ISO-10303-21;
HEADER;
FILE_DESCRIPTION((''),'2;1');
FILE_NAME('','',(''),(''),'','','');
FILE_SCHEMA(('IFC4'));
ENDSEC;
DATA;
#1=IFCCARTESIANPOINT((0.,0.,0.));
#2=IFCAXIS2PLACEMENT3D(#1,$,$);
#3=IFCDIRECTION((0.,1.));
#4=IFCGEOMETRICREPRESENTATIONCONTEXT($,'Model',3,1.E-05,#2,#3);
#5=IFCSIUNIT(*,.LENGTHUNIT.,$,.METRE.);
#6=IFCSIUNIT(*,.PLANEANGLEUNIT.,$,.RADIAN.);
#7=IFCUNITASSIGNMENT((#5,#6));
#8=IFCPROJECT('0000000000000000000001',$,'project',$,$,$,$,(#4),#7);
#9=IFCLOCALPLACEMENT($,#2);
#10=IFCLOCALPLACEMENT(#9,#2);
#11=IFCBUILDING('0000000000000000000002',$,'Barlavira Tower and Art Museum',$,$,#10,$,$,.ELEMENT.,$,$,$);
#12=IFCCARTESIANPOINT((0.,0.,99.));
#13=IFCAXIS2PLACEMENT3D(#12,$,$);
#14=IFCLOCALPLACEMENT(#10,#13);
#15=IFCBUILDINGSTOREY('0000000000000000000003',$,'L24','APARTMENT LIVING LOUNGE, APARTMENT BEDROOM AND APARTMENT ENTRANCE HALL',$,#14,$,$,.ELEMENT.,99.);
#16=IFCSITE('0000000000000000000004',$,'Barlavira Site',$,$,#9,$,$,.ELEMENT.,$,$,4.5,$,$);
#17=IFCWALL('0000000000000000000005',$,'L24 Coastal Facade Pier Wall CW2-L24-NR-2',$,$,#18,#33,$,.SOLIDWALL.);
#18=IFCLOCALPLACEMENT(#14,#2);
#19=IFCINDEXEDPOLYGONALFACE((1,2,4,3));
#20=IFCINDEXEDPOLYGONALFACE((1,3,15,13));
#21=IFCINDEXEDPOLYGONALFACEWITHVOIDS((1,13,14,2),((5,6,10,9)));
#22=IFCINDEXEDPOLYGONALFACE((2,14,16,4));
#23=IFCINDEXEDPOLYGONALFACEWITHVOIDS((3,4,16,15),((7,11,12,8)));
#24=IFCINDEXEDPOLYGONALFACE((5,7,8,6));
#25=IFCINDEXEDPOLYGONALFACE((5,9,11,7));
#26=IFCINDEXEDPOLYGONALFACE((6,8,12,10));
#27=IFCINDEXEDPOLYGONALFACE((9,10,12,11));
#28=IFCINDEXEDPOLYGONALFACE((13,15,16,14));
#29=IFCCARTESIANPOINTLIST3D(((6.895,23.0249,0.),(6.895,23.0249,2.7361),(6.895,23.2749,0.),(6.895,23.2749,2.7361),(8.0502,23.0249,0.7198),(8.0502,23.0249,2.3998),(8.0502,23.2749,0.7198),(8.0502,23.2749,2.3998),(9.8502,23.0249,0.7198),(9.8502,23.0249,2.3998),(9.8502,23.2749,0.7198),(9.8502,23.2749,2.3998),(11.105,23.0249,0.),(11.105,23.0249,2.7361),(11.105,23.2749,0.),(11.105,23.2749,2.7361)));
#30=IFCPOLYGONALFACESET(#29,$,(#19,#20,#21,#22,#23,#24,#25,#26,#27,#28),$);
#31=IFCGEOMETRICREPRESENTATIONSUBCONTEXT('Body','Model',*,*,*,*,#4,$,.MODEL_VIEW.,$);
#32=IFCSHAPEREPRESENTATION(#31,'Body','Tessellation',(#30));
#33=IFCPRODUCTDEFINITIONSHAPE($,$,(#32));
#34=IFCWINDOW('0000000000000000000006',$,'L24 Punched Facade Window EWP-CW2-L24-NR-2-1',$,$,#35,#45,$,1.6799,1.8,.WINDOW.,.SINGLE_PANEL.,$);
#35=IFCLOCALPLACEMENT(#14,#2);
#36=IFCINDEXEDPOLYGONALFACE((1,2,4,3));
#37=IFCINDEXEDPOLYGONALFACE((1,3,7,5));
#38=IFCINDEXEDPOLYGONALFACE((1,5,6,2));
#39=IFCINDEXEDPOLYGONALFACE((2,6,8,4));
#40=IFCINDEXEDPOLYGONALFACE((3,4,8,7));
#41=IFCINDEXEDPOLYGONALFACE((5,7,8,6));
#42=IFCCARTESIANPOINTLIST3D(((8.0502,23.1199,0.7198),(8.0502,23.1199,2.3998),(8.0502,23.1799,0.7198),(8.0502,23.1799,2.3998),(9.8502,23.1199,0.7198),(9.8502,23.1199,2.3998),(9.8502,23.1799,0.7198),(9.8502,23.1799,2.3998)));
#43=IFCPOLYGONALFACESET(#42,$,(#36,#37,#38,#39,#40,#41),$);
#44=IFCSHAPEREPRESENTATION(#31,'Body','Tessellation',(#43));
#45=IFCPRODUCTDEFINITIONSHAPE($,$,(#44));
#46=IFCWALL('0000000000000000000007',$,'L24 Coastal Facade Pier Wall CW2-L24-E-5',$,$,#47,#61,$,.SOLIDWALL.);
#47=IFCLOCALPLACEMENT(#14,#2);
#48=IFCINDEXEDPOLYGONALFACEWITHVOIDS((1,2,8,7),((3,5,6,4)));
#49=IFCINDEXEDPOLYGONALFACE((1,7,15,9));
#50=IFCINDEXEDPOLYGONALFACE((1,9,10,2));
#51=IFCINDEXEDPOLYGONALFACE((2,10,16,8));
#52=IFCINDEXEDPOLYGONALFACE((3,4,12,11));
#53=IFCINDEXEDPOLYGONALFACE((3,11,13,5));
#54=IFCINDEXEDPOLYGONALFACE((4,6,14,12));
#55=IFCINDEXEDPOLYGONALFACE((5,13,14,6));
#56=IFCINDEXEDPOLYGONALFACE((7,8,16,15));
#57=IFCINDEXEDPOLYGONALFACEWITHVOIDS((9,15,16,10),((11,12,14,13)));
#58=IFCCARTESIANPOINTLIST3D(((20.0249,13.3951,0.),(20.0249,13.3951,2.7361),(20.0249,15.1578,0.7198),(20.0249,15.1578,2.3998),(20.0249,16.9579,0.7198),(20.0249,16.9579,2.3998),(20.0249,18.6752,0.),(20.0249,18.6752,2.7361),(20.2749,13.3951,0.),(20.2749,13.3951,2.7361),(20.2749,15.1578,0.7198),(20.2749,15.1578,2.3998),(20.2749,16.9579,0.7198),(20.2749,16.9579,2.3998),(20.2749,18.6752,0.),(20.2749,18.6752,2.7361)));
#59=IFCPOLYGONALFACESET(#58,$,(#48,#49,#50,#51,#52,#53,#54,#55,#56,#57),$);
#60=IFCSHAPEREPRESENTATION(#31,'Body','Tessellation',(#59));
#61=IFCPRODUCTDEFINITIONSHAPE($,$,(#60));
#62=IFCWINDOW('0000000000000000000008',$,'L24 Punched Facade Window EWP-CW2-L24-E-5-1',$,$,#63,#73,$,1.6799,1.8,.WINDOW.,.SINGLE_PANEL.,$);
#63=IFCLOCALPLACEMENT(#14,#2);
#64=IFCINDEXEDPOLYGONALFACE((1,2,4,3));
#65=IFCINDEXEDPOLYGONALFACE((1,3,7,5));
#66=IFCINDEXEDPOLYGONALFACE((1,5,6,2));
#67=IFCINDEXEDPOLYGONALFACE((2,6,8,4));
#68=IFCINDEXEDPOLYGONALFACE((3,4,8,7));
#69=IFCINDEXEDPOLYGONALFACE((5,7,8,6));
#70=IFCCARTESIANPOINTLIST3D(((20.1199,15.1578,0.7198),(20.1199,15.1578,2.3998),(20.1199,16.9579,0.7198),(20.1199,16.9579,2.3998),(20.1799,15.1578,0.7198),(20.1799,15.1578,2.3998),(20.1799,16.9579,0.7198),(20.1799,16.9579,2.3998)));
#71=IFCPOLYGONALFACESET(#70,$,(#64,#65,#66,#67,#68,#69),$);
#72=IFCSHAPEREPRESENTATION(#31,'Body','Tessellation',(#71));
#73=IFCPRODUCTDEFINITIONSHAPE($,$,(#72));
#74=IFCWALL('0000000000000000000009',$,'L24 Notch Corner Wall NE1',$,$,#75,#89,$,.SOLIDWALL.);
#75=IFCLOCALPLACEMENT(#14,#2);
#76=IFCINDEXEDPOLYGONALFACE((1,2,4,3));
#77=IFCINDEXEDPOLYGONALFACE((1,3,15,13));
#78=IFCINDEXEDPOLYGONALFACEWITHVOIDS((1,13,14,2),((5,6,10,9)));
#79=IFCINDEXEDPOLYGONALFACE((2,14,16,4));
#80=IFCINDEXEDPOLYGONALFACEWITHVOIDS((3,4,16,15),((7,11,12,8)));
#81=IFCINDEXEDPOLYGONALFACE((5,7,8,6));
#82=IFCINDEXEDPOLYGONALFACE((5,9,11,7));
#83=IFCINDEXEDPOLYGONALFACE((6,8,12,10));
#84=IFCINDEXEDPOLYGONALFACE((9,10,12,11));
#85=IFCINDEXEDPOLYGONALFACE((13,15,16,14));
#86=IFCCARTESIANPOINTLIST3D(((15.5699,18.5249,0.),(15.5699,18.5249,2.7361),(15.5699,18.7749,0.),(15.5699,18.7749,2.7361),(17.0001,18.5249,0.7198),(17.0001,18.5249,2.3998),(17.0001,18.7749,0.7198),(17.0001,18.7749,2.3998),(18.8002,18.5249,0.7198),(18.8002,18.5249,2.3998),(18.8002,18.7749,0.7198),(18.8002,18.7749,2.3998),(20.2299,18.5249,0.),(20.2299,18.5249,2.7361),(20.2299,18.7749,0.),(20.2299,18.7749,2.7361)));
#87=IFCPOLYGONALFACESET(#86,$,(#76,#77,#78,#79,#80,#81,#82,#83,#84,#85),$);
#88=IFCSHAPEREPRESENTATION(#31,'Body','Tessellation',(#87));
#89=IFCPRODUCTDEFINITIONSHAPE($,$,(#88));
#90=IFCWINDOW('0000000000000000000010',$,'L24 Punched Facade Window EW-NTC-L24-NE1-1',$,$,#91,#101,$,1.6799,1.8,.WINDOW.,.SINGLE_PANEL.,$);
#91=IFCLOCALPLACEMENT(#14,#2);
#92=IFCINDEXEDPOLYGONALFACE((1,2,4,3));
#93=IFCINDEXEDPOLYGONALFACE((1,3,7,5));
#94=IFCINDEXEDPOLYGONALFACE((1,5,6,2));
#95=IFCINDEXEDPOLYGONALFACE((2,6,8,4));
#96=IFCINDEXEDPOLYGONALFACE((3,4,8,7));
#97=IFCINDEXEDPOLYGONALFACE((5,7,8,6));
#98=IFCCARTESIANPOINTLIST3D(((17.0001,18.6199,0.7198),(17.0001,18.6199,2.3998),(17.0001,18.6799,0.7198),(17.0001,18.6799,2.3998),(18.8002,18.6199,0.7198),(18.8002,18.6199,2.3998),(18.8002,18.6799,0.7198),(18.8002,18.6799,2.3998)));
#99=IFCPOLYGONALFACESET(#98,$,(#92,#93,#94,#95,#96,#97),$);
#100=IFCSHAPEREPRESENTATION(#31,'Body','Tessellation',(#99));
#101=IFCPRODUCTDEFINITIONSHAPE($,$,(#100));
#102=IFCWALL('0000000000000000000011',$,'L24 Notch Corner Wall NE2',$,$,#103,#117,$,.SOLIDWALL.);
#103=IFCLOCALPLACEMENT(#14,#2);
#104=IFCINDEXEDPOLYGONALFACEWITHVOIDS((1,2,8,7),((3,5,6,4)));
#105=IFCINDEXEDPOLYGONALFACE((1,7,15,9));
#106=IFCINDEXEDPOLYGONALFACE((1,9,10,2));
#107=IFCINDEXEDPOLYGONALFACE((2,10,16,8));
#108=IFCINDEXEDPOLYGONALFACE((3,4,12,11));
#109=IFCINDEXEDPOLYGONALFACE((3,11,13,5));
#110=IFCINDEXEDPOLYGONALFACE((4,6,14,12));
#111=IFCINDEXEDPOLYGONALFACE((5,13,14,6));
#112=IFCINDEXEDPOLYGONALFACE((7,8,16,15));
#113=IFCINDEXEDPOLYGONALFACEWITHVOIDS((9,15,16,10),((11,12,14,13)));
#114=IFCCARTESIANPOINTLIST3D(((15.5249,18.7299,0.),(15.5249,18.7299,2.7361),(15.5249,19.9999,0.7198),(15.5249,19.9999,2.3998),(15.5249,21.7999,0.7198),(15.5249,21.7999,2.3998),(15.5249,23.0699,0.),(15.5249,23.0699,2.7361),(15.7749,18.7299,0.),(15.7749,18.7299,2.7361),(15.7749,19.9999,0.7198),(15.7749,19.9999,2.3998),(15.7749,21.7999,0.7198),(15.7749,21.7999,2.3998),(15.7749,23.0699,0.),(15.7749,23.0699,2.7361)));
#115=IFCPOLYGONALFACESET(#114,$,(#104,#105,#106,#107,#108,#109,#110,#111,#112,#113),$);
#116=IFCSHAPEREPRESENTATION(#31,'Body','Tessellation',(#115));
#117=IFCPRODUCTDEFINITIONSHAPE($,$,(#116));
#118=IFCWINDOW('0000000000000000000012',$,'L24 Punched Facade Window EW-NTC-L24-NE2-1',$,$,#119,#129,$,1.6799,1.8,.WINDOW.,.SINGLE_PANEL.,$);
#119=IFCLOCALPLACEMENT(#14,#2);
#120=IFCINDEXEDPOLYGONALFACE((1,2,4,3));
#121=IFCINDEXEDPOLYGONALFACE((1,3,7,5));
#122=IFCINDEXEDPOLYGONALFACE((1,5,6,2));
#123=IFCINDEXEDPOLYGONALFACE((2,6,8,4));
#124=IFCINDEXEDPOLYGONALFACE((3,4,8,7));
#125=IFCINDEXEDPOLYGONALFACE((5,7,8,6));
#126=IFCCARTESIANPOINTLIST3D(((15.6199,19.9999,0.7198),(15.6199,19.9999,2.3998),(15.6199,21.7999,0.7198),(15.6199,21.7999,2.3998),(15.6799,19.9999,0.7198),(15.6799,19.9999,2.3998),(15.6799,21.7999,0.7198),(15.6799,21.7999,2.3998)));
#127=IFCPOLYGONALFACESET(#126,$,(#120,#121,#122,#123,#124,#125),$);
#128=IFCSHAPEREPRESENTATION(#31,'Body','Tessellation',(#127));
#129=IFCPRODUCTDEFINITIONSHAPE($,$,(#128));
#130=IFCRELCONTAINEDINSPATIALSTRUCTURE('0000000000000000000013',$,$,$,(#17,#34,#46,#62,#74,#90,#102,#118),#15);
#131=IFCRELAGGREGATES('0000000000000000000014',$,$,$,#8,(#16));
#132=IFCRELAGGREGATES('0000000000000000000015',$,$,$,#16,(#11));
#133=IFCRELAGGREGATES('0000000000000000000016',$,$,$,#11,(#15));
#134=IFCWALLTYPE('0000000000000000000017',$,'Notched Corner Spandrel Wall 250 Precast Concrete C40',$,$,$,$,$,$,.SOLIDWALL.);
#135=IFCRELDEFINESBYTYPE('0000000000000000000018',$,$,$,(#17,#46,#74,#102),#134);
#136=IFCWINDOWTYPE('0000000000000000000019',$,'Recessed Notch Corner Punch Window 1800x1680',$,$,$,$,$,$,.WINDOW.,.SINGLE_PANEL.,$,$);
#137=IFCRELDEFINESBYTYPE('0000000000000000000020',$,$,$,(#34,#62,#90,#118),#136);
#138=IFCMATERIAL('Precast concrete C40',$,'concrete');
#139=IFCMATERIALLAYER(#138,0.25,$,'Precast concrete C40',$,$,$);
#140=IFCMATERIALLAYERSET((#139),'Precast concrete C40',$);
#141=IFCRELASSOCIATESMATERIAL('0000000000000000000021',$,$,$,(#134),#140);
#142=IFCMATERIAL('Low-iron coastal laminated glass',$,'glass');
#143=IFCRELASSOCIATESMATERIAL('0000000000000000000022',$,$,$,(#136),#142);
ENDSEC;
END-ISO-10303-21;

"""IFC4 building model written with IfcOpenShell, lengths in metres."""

from ifc_helpers import new_model, si_unit, direction, frame, frame_2d, origin, place, context, subcontext, project, spatial, rectangle, extrude, material, layer, layer_set, type_object, element, fill, save


model = new_model("IFC4")

# Units and contexts
model_context = context("Model", 3, precision=1e-05, world=origin(), true_north=direction((0.0, 1.0)))
body_context = subcontext(model_context, "Body", "Model", "MODEL_VIEW")
ifc_project = project(units=[si_unit("LENGTHUNIT", "METRE"), si_unit("PLANEANGLEUNIT", "RADIAN")], contexts=[model_context])

# Site, building, storey
site_placement = place(None, origin())
site = spatial("IfcSite", under=ifc_project, at=site_placement, Name="Barlavira Site", CompositionType="ELEMENT", RefElevation=4.5)
building_placement = place(site_placement, origin())
building = spatial("IfcBuilding", under=site, at=building_placement, Name="Barlavira Tower and Art Museum", CompositionType="ELEMENT")
storey_placement = place(building_placement, frame((0.0, 0.0, 99.0)))
storey = spatial("IfcBuildingStorey", under=building, at=storey_placement, Name="L24", Description="APARTMENT LIVING LOUNGE, APARTMENT BEDROOM AND APARTMENT ENTRANCE HALL", CompositionType="ELEMENT", Elevation=99.0)

# Walls, openings, windows
ifc_material_1 = material(Name="Precast concrete C40", Category="concrete")
ifc_layer_1 = layer(ifc_material_1, 0.25, Name="Precast concrete C40")
ifc_layer_set_1 = layer_set([ifc_layer_1], Name="Precast concrete C40")
wall_type_1 = type_object("IfcWallType", Name="Notched Corner Spandrel Wall 250 Precast Concrete C40", PredefinedType="SOLIDWALL", material=ifc_layer_set_1)
ifc_material_2 = material(Name="Low-iron coastal laminated glass", Category="glass")
window_type = type_object("IfcWindowType", Name="Recessed Notch Corner Punch Window 1800x1680", PartitioningType="SINGLE_PANEL", PredefinedType="WINDOW", material=ifc_material_2)
wall_1_placement = place(storey_placement, frame((11.105, 23.1499, 0.0), z_axis=(0.0, 0.0, 1.0), x_axis=(-1.0, 0.0, 0.0)))
wall_1 = element("IfcWall", 1, at=wall_1_placement, inside=storey, type_object=wall_type_1, Name="L24 Coastal Facade Pier Wall CW2-L24-NR-2", PredefinedType="SOLIDWALL", context=body_context, shape_type="SweptSolid", body=[
    extrude(rectangle(XDim=4.21, YDim=0.25, at=frame_2d((2.105, 0.0))), origin(), (0.0, 0.0, 1.0), 2.7361),
])
opening_1_placement = place(wall_1_placement, frame((1.2549, 0.0, 0.72)))
opening_1 = element("IfcOpeningElement", 2, at=opening_1_placement, cuts=wall_1, PredefinedType="OPENING", context=body_context, shape_type="SweptSolid", body=[
    extrude(rectangle(XDim=1.8, YDim=1.6799, at=frame_2d((0.8999, 0.8398))), frame((0.0, 0.135, 0.0), z_axis=(0.0, -1.0, 0.0), x_axis=(1.0, 0.0, 0.0)), (0.0, 0.0, 1.0), 0.27),
])
window_1_placement = place(opening_1_placement, origin())
window_1 = element("IfcWindow", 3, at=window_1_placement, inside=storey, type_object=window_type, Name="L24 Punched Facade Window EWP-CW2-L24-NR-2-1", OverallHeight=1.6799, OverallWidth=1.8, PartitioningType="SINGLE_PANEL", PredefinedType="WINDOW", context=body_context, shape_type="SweptSolid", body=[
    extrude(rectangle(XDim=1.8, YDim=1.6799, at=frame_2d((0.8999, 0.8398))), frame((0.0, 0.03, 0.0), z_axis=(0.0, -1.0, 0.0), x_axis=(1.0, 0.0, 0.0)), (0.0, 0.0, 1.0), 0.0601),
])
fill(opening_1, window_1)
wall_2_placement = place(storey_placement, frame((20.1499, 13.395, 0.0), z_axis=(0.0, 0.0, 1.0), x_axis=(0.0, 1.0, 0.0)))
wall_2 = element("IfcWall", 4, at=wall_2_placement, inside=storey, type_object=wall_type_1, Name="L24 Coastal Facade Pier Wall CW2-L24-E-5", PredefinedType="SOLIDWALL", context=body_context, shape_type="SweptSolid", body=[
    extrude(rectangle(XDim=5.28, YDim=0.25, at=frame_2d((2.6401, 0.0))), origin(), (0.0, 0.0, 1.0), 2.7361),
])
opening_2_placement = place(wall_2_placement, frame((1.7629, 0.0, 0.72)))
opening_2 = element("IfcOpeningElement", 5, at=opening_2_placement, cuts=wall_2, PredefinedType="OPENING", context=body_context, shape_type="SweptSolid", body=[
    extrude(rectangle(XDim=1.8, YDim=1.6799, at=frame_2d((0.8999, 0.8398))), frame((0.0, 0.135, 0.0), z_axis=(0.0, -1.0, 0.0), x_axis=(1.0, 0.0, 0.0)), (0.0, 0.0, 1.0), 0.27),
])
window_2_placement = place(opening_2_placement, origin())
window_2 = element("IfcWindow", 6, at=window_2_placement, inside=storey, type_object=window_type, Name="L24 Punched Facade Window EWP-CW2-L24-E-5-1", OverallHeight=1.6799, OverallWidth=1.8, PartitioningType="SINGLE_PANEL", PredefinedType="WINDOW", context=body_context, shape_type="SweptSolid", body=[
    extrude(rectangle(XDim=1.8, YDim=1.6799, at=frame_2d((0.8999, 0.8398))), frame((0.0, 0.03, 0.0), z_axis=(0.0, -1.0, 0.0), x_axis=(1.0, 0.0, 0.0)), (0.0, 0.0, 1.0), 0.0601),
])
fill(opening_2, window_2)
wall_3_placement = place(storey_placement, frame((20.23, 18.6499, 0.0), z_axis=(0.0, 0.0, 1.0), x_axis=(-1.0, 0.0, 0.0)))
wall_3 = element("IfcWall", 7, at=wall_3_placement, inside=storey, type_object=wall_type_1, Name="L24 Notch Corner Wall NE1", PredefinedType="SOLIDWALL", context=body_context, shape_type="SweptSolid", body=[
    extrude(rectangle(XDim=4.6599, YDim=0.25, at=frame_2d((2.3301, 0.0))), origin(), (0.0, 0.0, 1.0), 2.7361),
])
opening_3_placement = place(wall_3_placement, frame((1.4299, 0.0, 0.72)))
opening_3 = element("IfcOpeningElement", 8, at=opening_3_placement, cuts=wall_3, PredefinedType="OPENING", context=body_context, shape_type="SweptSolid", body=[
    extrude(rectangle(XDim=1.8, YDim=1.6799, at=frame_2d((0.8999, 0.8398))), frame((0.0, 0.135, 0.0), z_axis=(0.0, -1.0, 0.0), x_axis=(1.0, 0.0, 0.0)), (0.0, 0.0, 1.0), 0.27),
])
window_3_placement = place(opening_3_placement, origin())
window_3 = element("IfcWindow", 9, at=window_3_placement, inside=storey, type_object=window_type, Name="L24 Punched Facade Window EW-NTC-L24-NE1-1", OverallHeight=1.6799, OverallWidth=1.8, PartitioningType="SINGLE_PANEL", PredefinedType="WINDOW", context=body_context, shape_type="SweptSolid", body=[
    extrude(rectangle(XDim=1.8, YDim=1.6799, at=frame_2d((0.8999, 0.8398))), frame((0.0, 0.03, 0.0), z_axis=(0.0, -1.0, 0.0), x_axis=(1.0, 0.0, 0.0)), (0.0, 0.0, 1.0), 0.0601),
])
fill(opening_3, window_3)
wall_4_placement = place(storey_placement, frame((15.6499, 18.73, 0.0), z_axis=(0.0, 0.0, 1.0), x_axis=(0.0, 1.0, 0.0)))
wall_4 = element("IfcWall", 10, at=wall_4_placement, inside=storey, type_object=wall_type_1, Name="L24 Notch Corner Wall NE2", PredefinedType="SOLIDWALL", context=body_context, shape_type="SweptSolid", body=[
    extrude(rectangle(XDim=4.3401, YDim=0.25, at=frame_2d((2.1699, 0.0))), origin(), (0.0, 0.0, 1.0), 2.7361),
])
opening_4_placement = place(wall_4_placement, frame((1.27, 0.0, 0.72)))
opening_4 = element("IfcOpeningElement", 11, at=opening_4_placement, cuts=wall_4, PredefinedType="OPENING", context=body_context, shape_type="SweptSolid", body=[
    extrude(rectangle(XDim=1.8, YDim=1.6799, at=frame_2d((0.8999, 0.8398))), frame((0.0, 0.135, 0.0), z_axis=(0.0, -1.0, 0.0), x_axis=(1.0, 0.0, 0.0)), (0.0, 0.0, 1.0), 0.27),
])
window_4_placement = place(opening_4_placement, origin())
window_4 = element("IfcWindow", 12, at=window_4_placement, inside=storey, type_object=window_type, Name="L24 Punched Facade Window EW-NTC-L24-NE2-1", OverallHeight=1.6799, OverallWidth=1.8, PartitioningType="SINGLE_PANEL", PredefinedType="WINDOW", context=body_context, shape_type="SweptSolid", body=[
    extrude(rectangle(XDim=1.8, YDim=1.6799, at=frame_2d((0.8999, 0.8398))), frame((0.0, 0.03, 0.0), z_axis=(0.0, -1.0, 0.0), x_axis=(1.0, 0.0, 0.0)), (0.0, 0.0, 1.0), 0.0601),
])
fill(opening_4, window_4)

save(model, "model.ifc")
